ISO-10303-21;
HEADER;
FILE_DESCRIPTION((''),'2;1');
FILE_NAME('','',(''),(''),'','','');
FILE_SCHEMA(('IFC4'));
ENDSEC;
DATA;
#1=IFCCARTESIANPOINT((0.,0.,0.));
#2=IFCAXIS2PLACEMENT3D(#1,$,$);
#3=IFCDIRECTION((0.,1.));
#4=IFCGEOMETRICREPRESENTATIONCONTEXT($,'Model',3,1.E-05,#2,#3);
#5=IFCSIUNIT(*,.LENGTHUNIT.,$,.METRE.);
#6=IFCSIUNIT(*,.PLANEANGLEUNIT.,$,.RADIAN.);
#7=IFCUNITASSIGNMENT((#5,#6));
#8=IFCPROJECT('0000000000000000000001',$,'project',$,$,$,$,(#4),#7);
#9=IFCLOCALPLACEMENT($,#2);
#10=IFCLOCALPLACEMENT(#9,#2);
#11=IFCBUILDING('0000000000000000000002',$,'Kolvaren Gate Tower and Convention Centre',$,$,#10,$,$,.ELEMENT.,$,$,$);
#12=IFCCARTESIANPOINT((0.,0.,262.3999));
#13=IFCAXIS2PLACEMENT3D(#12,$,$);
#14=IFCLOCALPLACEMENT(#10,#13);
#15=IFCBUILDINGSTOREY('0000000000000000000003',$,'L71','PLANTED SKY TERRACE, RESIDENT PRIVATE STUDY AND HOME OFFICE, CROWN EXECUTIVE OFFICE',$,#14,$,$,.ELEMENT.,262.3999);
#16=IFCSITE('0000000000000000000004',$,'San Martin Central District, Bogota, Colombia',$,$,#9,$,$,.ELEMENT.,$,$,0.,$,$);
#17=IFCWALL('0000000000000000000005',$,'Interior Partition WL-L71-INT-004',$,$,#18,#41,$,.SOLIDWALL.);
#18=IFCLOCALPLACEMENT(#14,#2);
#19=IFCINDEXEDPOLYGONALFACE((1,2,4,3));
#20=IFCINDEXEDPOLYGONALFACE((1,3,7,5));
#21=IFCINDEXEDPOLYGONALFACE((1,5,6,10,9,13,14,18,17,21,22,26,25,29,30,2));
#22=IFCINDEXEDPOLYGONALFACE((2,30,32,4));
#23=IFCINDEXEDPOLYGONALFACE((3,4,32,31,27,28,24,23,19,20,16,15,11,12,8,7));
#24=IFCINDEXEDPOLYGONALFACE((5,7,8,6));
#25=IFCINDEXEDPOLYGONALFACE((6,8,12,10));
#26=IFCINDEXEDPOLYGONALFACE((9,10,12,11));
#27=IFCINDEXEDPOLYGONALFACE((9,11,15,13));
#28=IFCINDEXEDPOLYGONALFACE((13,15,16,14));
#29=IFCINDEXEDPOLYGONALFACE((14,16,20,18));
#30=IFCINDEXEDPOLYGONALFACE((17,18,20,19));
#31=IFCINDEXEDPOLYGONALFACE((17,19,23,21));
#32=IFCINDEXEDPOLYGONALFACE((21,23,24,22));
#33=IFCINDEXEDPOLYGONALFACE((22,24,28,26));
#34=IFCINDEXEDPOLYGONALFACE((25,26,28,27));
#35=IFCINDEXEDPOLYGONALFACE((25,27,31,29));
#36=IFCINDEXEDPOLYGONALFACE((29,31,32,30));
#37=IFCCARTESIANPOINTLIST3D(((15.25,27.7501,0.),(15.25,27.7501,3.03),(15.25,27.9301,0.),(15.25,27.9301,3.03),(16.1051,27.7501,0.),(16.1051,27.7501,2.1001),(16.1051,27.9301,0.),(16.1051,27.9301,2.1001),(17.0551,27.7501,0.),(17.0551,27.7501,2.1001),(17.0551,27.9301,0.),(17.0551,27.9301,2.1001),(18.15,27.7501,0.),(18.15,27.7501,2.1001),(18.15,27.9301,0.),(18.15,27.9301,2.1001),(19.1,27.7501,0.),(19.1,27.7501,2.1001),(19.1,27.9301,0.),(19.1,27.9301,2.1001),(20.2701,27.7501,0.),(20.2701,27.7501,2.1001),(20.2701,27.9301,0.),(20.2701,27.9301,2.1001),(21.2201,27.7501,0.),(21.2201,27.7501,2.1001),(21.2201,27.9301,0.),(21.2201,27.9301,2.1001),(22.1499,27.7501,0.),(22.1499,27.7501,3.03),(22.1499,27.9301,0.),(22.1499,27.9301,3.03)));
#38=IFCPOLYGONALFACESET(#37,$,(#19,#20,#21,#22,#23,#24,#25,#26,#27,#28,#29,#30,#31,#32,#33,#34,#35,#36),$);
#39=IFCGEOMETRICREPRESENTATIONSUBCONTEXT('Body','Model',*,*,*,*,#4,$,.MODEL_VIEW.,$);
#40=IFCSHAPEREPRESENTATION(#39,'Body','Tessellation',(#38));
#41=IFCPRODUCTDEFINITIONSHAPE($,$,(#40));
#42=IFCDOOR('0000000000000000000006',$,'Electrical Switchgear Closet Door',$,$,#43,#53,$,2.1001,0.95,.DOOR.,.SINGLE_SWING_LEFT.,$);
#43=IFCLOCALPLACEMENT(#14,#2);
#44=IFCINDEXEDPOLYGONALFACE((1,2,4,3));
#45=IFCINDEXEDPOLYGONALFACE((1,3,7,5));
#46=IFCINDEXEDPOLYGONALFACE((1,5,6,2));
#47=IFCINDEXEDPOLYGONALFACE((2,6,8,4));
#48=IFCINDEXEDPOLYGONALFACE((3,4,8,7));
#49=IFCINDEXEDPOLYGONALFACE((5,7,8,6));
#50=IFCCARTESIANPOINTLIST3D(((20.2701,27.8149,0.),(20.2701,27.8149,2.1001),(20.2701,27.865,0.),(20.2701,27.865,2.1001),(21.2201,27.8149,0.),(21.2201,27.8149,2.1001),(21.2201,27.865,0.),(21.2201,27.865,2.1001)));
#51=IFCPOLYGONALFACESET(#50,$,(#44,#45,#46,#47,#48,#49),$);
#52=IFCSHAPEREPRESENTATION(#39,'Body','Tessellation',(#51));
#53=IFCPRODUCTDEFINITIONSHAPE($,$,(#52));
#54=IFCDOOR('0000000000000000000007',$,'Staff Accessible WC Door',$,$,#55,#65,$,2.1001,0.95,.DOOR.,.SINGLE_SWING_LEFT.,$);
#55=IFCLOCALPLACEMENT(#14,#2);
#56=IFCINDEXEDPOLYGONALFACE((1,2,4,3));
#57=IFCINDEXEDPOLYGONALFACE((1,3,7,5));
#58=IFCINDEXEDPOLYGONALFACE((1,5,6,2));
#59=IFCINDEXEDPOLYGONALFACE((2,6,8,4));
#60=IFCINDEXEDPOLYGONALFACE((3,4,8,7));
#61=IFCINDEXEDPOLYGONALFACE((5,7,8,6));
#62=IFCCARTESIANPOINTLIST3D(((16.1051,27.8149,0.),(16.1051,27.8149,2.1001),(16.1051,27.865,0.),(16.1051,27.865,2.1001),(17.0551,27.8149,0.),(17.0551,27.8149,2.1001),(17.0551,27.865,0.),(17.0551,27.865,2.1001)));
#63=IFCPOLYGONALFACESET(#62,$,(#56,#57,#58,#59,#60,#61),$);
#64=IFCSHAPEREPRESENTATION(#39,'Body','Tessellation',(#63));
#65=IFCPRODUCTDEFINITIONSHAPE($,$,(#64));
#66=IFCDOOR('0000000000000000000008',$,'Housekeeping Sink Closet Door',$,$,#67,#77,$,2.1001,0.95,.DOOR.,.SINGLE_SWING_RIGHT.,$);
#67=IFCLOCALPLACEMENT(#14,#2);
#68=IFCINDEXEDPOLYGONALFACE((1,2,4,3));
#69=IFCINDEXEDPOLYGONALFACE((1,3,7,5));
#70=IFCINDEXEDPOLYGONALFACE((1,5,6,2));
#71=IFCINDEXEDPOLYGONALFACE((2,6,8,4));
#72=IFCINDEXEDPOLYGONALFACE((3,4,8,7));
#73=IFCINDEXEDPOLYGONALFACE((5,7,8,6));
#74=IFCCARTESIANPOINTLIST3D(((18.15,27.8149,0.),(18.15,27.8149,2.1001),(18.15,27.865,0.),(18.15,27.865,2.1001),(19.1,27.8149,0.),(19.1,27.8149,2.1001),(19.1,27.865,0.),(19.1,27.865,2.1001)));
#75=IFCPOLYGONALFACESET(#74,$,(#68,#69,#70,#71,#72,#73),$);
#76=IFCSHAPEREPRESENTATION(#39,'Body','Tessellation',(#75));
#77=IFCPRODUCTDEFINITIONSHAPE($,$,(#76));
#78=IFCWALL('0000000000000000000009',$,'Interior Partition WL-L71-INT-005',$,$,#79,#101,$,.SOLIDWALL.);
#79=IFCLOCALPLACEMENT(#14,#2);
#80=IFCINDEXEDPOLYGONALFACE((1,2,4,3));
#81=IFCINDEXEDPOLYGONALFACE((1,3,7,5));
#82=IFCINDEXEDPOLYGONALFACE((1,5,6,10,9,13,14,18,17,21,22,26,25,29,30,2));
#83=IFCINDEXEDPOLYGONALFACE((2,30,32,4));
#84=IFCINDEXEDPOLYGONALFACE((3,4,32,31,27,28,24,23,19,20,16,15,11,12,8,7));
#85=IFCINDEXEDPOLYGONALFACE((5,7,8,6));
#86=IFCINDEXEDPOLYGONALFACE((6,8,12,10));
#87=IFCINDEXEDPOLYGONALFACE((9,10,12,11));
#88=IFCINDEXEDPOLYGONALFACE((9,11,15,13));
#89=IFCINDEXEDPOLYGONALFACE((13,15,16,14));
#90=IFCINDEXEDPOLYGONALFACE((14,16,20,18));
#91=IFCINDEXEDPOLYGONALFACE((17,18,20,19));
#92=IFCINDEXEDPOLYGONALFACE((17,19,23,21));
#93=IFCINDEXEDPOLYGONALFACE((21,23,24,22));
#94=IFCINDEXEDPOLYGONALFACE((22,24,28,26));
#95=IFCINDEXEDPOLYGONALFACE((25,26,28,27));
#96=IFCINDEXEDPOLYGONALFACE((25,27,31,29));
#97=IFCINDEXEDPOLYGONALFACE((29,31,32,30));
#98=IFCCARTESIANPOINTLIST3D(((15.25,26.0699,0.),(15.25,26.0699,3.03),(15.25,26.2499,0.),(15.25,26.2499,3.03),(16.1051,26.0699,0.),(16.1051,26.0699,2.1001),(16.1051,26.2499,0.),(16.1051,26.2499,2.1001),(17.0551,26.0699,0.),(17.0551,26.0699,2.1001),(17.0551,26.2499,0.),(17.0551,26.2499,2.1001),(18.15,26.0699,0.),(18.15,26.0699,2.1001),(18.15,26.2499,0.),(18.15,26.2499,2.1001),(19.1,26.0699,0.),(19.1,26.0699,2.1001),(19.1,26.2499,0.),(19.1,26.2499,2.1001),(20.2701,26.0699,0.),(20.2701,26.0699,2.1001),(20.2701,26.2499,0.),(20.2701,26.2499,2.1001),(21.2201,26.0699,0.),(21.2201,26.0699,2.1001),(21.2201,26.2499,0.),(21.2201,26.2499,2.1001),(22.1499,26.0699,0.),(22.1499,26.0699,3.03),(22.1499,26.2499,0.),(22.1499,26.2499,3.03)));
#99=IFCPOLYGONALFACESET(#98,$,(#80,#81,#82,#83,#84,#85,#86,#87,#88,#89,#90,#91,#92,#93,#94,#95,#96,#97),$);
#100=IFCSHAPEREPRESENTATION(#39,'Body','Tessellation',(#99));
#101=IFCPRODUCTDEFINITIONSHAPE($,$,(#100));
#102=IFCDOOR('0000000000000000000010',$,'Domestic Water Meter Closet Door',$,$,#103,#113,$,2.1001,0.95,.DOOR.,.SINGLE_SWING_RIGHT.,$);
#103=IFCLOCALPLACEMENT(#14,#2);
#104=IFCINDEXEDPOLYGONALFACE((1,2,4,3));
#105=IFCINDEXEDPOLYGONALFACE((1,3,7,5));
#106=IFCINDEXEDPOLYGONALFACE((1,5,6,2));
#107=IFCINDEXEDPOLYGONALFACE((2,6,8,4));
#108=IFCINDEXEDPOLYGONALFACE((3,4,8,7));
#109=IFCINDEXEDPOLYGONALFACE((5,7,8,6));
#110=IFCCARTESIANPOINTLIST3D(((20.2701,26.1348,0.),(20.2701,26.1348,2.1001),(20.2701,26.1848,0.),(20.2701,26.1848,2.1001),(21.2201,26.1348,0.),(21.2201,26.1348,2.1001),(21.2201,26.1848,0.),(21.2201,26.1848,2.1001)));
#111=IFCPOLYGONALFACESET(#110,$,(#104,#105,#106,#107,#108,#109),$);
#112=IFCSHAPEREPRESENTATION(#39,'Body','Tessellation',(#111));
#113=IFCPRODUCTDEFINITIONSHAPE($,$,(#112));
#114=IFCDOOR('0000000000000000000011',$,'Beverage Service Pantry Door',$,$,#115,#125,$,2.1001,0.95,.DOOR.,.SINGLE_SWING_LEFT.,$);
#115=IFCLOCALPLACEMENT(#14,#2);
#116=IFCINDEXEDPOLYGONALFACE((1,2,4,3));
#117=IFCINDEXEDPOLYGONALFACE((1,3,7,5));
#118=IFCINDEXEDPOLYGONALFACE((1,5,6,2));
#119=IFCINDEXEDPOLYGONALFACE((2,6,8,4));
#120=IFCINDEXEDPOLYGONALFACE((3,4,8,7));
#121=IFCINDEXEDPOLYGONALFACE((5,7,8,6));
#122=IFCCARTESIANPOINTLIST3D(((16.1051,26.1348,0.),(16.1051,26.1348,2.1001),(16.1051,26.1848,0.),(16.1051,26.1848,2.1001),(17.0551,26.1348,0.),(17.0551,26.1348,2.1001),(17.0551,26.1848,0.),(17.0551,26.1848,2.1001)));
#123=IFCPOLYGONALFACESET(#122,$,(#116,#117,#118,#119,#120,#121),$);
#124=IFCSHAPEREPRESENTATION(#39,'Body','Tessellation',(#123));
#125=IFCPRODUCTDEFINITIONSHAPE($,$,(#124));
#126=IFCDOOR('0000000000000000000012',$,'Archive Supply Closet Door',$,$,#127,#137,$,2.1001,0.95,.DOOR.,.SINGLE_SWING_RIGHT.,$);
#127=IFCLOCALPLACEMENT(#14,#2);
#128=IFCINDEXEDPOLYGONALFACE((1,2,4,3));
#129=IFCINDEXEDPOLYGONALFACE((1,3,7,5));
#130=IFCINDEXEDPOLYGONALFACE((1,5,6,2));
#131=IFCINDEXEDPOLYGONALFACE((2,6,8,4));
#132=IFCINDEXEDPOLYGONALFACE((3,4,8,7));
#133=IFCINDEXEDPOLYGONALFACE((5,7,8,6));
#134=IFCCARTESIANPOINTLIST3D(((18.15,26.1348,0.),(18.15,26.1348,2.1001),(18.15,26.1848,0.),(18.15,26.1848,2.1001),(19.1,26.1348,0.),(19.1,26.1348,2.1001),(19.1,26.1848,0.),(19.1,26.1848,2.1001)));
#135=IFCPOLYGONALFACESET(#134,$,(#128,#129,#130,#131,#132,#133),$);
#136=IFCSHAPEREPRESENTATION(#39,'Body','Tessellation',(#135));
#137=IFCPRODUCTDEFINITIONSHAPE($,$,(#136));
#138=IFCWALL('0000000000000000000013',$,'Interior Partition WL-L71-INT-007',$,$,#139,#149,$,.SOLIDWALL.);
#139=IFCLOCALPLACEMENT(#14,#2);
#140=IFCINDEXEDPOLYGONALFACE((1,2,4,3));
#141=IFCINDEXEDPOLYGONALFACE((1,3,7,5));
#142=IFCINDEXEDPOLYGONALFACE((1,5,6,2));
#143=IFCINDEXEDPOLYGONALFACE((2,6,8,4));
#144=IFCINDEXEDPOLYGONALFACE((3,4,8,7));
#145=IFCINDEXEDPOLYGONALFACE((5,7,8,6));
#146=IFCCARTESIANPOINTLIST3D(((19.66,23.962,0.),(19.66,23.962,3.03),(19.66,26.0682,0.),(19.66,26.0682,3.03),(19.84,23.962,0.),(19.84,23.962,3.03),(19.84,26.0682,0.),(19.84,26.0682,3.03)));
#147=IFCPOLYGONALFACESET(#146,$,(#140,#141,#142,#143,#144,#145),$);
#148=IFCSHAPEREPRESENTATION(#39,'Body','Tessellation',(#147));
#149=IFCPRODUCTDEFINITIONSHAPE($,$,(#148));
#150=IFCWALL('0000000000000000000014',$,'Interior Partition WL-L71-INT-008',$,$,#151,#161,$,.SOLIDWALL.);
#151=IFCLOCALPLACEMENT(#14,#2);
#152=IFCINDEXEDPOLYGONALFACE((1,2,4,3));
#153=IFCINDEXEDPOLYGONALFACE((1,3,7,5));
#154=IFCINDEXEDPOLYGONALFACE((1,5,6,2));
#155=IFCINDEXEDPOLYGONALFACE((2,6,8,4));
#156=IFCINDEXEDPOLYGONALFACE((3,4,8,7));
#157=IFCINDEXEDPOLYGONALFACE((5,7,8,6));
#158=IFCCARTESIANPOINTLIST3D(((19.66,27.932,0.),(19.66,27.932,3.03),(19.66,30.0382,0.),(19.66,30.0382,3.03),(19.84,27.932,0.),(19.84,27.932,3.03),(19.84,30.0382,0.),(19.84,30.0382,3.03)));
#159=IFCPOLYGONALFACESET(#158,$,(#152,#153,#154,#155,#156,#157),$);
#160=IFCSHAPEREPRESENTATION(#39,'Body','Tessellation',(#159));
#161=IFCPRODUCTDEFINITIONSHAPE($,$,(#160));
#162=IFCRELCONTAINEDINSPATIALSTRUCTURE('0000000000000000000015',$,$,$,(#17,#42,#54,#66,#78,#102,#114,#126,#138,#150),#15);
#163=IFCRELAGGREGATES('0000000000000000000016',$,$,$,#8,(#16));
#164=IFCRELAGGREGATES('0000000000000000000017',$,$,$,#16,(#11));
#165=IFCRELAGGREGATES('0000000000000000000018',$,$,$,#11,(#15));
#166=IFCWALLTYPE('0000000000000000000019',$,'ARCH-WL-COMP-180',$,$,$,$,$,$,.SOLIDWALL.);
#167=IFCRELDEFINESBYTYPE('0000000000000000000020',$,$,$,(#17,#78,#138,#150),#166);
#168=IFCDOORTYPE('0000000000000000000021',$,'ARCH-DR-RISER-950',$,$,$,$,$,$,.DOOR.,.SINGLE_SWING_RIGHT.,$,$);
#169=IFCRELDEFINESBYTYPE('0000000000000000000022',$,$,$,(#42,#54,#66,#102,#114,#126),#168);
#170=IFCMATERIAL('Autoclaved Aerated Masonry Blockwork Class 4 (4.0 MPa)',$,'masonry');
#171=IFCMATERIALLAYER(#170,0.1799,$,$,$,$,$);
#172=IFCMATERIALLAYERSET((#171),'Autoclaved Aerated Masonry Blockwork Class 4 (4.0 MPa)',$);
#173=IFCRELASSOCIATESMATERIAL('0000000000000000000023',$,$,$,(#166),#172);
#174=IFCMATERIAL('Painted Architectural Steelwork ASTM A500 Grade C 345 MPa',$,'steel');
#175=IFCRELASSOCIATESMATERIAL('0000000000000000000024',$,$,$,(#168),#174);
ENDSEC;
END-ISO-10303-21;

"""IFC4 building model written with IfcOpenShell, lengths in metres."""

from ifc_helpers import new_model, si_unit, direction, frame, frame_2d, origin, place, context, subcontext, project, spatial, rectangle, extrude, material, layer, layer_set, type_object, element, fill, save


model = new_model("IFC4")

# Units and contexts
model_context = context("Model", 3, precision=1e-05, world=origin(), true_north=direction((0.0, 1.0)))
body_context = subcontext(model_context, "Body", "Model", "MODEL_VIEW")
ifc_project = project(units=[si_unit("LENGTHUNIT", "METRE"), si_unit("PLANEANGLEUNIT", "RADIAN")], contexts=[model_context])

# Site, building, storey
site_placement = place(None, origin())
site = spatial("IfcSite", under=ifc_project, at=site_placement, Name="San Martin Central District, Bogota, Colombia", CompositionType="ELEMENT", RefElevation=0.0)
building_placement = place(site_placement, origin())
building = spatial("IfcBuilding", under=site, at=building_placement, Name="Kolvaren Gate Tower and Convention Centre", CompositionType="ELEMENT")
storey_placement = place(building_placement, frame((0.0, 0.0, 262.3999)))
storey = spatial("IfcBuildingStorey", under=building, at=storey_placement, Name="L71", Description="PLANTED SKY TERRACE, RESIDENT PRIVATE STUDY AND HOME OFFICE, CROWN EXECUTIVE OFFICE", CompositionType="ELEMENT", Elevation=262.3999)

# Walls, openings, doors
ifc_material_1 = material(Name="Autoclaved Aerated Masonry Blockwork Class 4 (4.0 MPa)", Category="masonry")
ifc_layer_1 = layer(ifc_material_1, 0.1799)
ifc_layer_set_1 = layer_set([ifc_layer_1], Name="Autoclaved Aerated Masonry Blockwork Class 4 (4.0 MPa)")
wall_type_1 = type_object("IfcWallType", Name="ARCH-WL-COMP-180", PredefinedType="SOLIDWALL", material=ifc_layer_set_1)
wall_1_placement = place(storey_placement, frame((15.25, 27.8401, 0.0), z_axis=(0.0, 0.0, 1.0), x_axis=(1.0, 0.0, 0.0)))
wall_1 = element("IfcWall", 1, at=wall_1_placement, inside=storey, type_object=wall_type_1, Name="Interior Partition WL-L71-INT-004", PredefinedType="SOLIDWALL", context=body_context, shape_type="SweptSolid", body=[
    extrude(rectangle(XDim=6.8999, YDim=0.1799, at=frame_2d((3.45, 0.0))), origin(), (0.0, 0.0, 1.0), 3.03),
])
opening_1_placement = place(wall_1_placement, frame((5.02, 0.0, 0.0)))
opening_1 = element("IfcOpeningElement", 2, at=opening_1_placement, cuts=wall_1, PredefinedType="OPENING", context=body_context, shape_type="SweptSolid", body=[
    extrude(rectangle(XDim=0.95, YDim=2.1001, at=frame_2d((0.4751, 1.05))), frame((0.0, 0.0999, 0.0), z_axis=(0.0, -1.0, 0.0), x_axis=(1.0, 0.0, 0.0)), (0.0, 0.0, 1.0), 0.2),
])
opening_2_placement = place(wall_1_placement, frame((0.855, 0.0, 0.0)))
opening_2 = element("IfcOpeningElement", 3, at=opening_2_placement, cuts=wall_1, PredefinedType="OPENING", context=body_context, shape_type="SweptSolid", body=[
    extrude(rectangle(XDim=0.95, YDim=2.1001, at=frame_2d((0.4751, 1.05))), frame((0.0, 0.0999, 0.0), z_axis=(0.0, -1.0, 0.0), x_axis=(1.0, 0.0, 0.0)), (0.0, 0.0, 1.0), 0.2),
])
opening_3_placement = place(wall_1_placement, frame((2.8999, 0.0, 0.0)))
opening_3 = element("IfcOpeningElement", 4, at=opening_3_placement, cuts=wall_1, PredefinedType="OPENING", context=body_context, shape_type="SweptSolid", body=[
    extrude(rectangle(XDim=0.95, YDim=2.1001, at=frame_2d((0.4751, 1.05))), frame((0.0, 0.0999, 0.0), z_axis=(0.0, -1.0, 0.0), x_axis=(1.0, 0.0, 0.0)), (0.0, 0.0, 1.0), 0.2),
])
ifc_material_2 = material(Name="Painted Architectural Steelwork ASTM A500 Grade C 345 MPa", Category="steel")
door_type_1 = type_object("IfcDoorType", Name="ARCH-DR-RISER-950", OperationType="SINGLE_SWING_RIGHT", PredefinedType="DOOR", material=ifc_material_2)
door_1_placement = place(opening_1_placement, origin())
door_1 = element("IfcDoor", 5, at=door_1_placement, inside=storey, type_object=door_type_1, Name="Electrical Switchgear Closet Door", OperationType="SINGLE_SWING_LEFT", OverallHeight=2.1001, OverallWidth=0.95, PredefinedType="DOOR", context=body_context, shape_type="SweptSolid", body=[
    extrude(rectangle(XDim=0.95, YDim=2.1001, at=frame_2d((0.4751, 1.05))), frame((0.0, 0.0249, 0.0), z_axis=(0.0, -1.0, 0.0), x_axis=(1.0, 0.0, 0.0)), (0.0, 0.0, 1.0), 0.05),
])
fill(opening_1, door_1)
door_2_placement = place(opening_2_placement, origin())
door_2 = element("IfcDoor", 6, at=door_2_placement, inside=storey, type_object=door_type_1, Name="Staff Accessible WC Door", OperationType="SINGLE_SWING_LEFT", OverallHeight=2.1001, OverallWidth=0.95, PredefinedType="DOOR", context=body_context, shape_type="SweptSolid", body=[
    extrude(rectangle(XDim=0.95, YDim=2.1001, at=frame_2d((0.4751, 1.05))), frame((0.0, 0.0249, 0.0), z_axis=(0.0, -1.0, 0.0), x_axis=(1.0, 0.0, 0.0)), (0.0, 0.0, 1.0), 0.05),
])
fill(opening_2, door_2)
door_3_placement = place(opening_3_placement, origin())
door_3 = element("IfcDoor", 7, at=door_3_placement, inside=storey, type_object=door_type_1, Name="Housekeeping Sink Closet Door", OperationType="SINGLE_SWING_RIGHT", OverallHeight=2.1001, OverallWidth=0.95, PredefinedType="DOOR", context=body_context, shape_type="SweptSolid", body=[
    extrude(rectangle(XDim=0.95, YDim=2.1001, at=frame_2d((0.4751, 1.05))), frame((0.0, 0.0249, 0.0), z_axis=(0.0, -1.0, 0.0), x_axis=(1.0, 0.0, 0.0)), (0.0, 0.0, 1.0), 0.05),
])
fill(opening_3, door_3)
wall_2_placement = place(storey_placement, frame((15.25, 26.1599, 0.0), z_axis=(0.0, 0.0, 1.0), x_axis=(1.0, 0.0, 0.0)))
wall_2 = element("IfcWall", 8, at=wall_2_placement, inside=storey, type_object=wall_type_1, Name="Interior Partition WL-L71-INT-005", PredefinedType="SOLIDWALL", context=body_context, shape_type="SweptSolid", body=[
    extrude(rectangle(XDim=6.8999, YDim=0.1799, at=frame_2d((3.45, 0.0))), origin(), (0.0, 0.0, 1.0), 3.03),
])
opening_4_placement = place(wall_2_placement, frame((5.02, 0.0, 0.0)))
opening_4 = element("IfcOpeningElement", 9, at=opening_4_placement, cuts=wall_2, PredefinedType="OPENING", context=body_context, shape_type="SweptSolid", body=[
    extrude(rectangle(XDim=0.95, YDim=2.1001, at=frame_2d((0.4751, 1.05))), frame((0.0, 0.0999, 0.0), z_axis=(0.0, -1.0, 0.0), x_axis=(1.0, 0.0, 0.0)), (0.0, 0.0, 1.0), 0.2),
])
opening_5_placement = place(wall_2_placement, frame((0.855, 0.0, 0.0)))
opening_5 = element("IfcOpeningElement", 10, at=opening_5_placement, cuts=wall_2, PredefinedType="OPENING", context=body_context, shape_type="SweptSolid", body=[
    extrude(rectangle(XDim=0.95, YDim=2.1001, at=frame_2d((0.4751, 1.05))), frame((0.0, 0.0999, 0.0), z_axis=(0.0, -1.0, 0.0), x_axis=(1.0, 0.0, 0.0)), (0.0, 0.0, 1.0), 0.2),
])
opening_6_placement = place(wall_2_placement, frame((2.8999, 0.0, 0.0)))
opening_6 = element("IfcOpeningElement", 11, at=opening_6_placement, cuts=wall_2, PredefinedType="OPENING", context=body_context, shape_type="SweptSolid", body=[
    extrude(rectangle(XDim=0.95, YDim=2.1001, at=frame_2d((0.4751, 1.05))), frame((0.0, 0.0999, 0.0), z_axis=(0.0, -1.0, 0.0), x_axis=(1.0, 0.0, 0.0)), (0.0, 0.0, 1.0), 0.2),
])
door_4_placement = place(opening_4_placement, origin())
door_4 = element("IfcDoor", 12, at=door_4_placement, inside=storey, type_object=door_type_1, Name="Domestic Water Meter Closet Door", OperationType="SINGLE_SWING_RIGHT", OverallHeight=2.1001, OverallWidth=0.95, PredefinedType="DOOR", context=body_context, shape_type="SweptSolid", body=[
    extrude(rectangle(XDim=0.95, YDim=2.1001, at=frame_2d((0.4751, 1.05))), frame((0.0, 0.0249, 0.0), z_axis=(0.0, -1.0, 0.0), x_axis=(1.0, 0.0, 0.0)), (0.0, 0.0, 1.0), 0.05),
])
fill(opening_4, door_4)
door_5_placement = place(opening_5_placement, origin())
door_5 = element("IfcDoor", 13, at=door_5_placement, inside=storey, type_object=door_type_1, Name="Beverage Service Pantry Door", OperationType="SINGLE_SWING_LEFT", OverallHeight=2.1001, OverallWidth=0.95, PredefinedType="DOOR", context=body_context, shape_type="SweptSolid", body=[
    extrude(rectangle(XDim=0.95, YDim=2.1001, at=frame_2d((0.4751, 1.05))), frame((0.0, 0.0249, 0.0), z_axis=(0.0, -1.0, 0.0), x_axis=(1.0, 0.0, 0.0)), (0.0, 0.0, 1.0), 0.05),
])
fill(opening_5, door_5)
door_6_placement = place(opening_6_placement, origin())
door_6 = element("IfcDoor", 14, at=door_6_placement, inside=storey, type_object=door_type_1, Name="Archive Supply Closet Door", OperationType="SINGLE_SWING_RIGHT", OverallHeight=2.1001, OverallWidth=0.95, PredefinedType="DOOR", context=body_context, shape_type="SweptSolid", body=[
    extrude(rectangle(XDim=0.95, YDim=2.1001, at=frame_2d((0.4751, 1.05))), frame((0.0, 0.0249, 0.0), z_axis=(0.0, -1.0, 0.0), x_axis=(1.0, 0.0, 0.0)), (0.0, 0.0, 1.0), 0.05),
])
fill(opening_6, door_6)

# Walls
for number, where, z_axis, x_axis, name in (
    (15, (19.75, 23.9619, 0.0), (0.0, 0.0, 1.0), (0.0, 1.0, 0.0), "Interior Partition WL-L71-INT-007"),
    (16, (19.75, 27.9319, 0.0), (0.0, 0.0, 1.0), (0.0, 1.0, 0.0), "Interior Partition WL-L71-INT-008"),
):
    element("IfcWall", number, at=place(storey_placement, frame(where, z_axis=z_axis, x_axis=x_axis)), inside=storey, type_object=wall_type_1, Name=name, PredefinedType="SOLIDWALL", context=body_context, shape_type="SweptSolid", body=[
        extrude(rectangle(XDim=2.1062, YDim=0.1799, at=frame_2d((1.0532, 0.0))), origin(), (0.0, 0.0, 1.0), 3.03),
    ])

save(model, "model.ifc")
